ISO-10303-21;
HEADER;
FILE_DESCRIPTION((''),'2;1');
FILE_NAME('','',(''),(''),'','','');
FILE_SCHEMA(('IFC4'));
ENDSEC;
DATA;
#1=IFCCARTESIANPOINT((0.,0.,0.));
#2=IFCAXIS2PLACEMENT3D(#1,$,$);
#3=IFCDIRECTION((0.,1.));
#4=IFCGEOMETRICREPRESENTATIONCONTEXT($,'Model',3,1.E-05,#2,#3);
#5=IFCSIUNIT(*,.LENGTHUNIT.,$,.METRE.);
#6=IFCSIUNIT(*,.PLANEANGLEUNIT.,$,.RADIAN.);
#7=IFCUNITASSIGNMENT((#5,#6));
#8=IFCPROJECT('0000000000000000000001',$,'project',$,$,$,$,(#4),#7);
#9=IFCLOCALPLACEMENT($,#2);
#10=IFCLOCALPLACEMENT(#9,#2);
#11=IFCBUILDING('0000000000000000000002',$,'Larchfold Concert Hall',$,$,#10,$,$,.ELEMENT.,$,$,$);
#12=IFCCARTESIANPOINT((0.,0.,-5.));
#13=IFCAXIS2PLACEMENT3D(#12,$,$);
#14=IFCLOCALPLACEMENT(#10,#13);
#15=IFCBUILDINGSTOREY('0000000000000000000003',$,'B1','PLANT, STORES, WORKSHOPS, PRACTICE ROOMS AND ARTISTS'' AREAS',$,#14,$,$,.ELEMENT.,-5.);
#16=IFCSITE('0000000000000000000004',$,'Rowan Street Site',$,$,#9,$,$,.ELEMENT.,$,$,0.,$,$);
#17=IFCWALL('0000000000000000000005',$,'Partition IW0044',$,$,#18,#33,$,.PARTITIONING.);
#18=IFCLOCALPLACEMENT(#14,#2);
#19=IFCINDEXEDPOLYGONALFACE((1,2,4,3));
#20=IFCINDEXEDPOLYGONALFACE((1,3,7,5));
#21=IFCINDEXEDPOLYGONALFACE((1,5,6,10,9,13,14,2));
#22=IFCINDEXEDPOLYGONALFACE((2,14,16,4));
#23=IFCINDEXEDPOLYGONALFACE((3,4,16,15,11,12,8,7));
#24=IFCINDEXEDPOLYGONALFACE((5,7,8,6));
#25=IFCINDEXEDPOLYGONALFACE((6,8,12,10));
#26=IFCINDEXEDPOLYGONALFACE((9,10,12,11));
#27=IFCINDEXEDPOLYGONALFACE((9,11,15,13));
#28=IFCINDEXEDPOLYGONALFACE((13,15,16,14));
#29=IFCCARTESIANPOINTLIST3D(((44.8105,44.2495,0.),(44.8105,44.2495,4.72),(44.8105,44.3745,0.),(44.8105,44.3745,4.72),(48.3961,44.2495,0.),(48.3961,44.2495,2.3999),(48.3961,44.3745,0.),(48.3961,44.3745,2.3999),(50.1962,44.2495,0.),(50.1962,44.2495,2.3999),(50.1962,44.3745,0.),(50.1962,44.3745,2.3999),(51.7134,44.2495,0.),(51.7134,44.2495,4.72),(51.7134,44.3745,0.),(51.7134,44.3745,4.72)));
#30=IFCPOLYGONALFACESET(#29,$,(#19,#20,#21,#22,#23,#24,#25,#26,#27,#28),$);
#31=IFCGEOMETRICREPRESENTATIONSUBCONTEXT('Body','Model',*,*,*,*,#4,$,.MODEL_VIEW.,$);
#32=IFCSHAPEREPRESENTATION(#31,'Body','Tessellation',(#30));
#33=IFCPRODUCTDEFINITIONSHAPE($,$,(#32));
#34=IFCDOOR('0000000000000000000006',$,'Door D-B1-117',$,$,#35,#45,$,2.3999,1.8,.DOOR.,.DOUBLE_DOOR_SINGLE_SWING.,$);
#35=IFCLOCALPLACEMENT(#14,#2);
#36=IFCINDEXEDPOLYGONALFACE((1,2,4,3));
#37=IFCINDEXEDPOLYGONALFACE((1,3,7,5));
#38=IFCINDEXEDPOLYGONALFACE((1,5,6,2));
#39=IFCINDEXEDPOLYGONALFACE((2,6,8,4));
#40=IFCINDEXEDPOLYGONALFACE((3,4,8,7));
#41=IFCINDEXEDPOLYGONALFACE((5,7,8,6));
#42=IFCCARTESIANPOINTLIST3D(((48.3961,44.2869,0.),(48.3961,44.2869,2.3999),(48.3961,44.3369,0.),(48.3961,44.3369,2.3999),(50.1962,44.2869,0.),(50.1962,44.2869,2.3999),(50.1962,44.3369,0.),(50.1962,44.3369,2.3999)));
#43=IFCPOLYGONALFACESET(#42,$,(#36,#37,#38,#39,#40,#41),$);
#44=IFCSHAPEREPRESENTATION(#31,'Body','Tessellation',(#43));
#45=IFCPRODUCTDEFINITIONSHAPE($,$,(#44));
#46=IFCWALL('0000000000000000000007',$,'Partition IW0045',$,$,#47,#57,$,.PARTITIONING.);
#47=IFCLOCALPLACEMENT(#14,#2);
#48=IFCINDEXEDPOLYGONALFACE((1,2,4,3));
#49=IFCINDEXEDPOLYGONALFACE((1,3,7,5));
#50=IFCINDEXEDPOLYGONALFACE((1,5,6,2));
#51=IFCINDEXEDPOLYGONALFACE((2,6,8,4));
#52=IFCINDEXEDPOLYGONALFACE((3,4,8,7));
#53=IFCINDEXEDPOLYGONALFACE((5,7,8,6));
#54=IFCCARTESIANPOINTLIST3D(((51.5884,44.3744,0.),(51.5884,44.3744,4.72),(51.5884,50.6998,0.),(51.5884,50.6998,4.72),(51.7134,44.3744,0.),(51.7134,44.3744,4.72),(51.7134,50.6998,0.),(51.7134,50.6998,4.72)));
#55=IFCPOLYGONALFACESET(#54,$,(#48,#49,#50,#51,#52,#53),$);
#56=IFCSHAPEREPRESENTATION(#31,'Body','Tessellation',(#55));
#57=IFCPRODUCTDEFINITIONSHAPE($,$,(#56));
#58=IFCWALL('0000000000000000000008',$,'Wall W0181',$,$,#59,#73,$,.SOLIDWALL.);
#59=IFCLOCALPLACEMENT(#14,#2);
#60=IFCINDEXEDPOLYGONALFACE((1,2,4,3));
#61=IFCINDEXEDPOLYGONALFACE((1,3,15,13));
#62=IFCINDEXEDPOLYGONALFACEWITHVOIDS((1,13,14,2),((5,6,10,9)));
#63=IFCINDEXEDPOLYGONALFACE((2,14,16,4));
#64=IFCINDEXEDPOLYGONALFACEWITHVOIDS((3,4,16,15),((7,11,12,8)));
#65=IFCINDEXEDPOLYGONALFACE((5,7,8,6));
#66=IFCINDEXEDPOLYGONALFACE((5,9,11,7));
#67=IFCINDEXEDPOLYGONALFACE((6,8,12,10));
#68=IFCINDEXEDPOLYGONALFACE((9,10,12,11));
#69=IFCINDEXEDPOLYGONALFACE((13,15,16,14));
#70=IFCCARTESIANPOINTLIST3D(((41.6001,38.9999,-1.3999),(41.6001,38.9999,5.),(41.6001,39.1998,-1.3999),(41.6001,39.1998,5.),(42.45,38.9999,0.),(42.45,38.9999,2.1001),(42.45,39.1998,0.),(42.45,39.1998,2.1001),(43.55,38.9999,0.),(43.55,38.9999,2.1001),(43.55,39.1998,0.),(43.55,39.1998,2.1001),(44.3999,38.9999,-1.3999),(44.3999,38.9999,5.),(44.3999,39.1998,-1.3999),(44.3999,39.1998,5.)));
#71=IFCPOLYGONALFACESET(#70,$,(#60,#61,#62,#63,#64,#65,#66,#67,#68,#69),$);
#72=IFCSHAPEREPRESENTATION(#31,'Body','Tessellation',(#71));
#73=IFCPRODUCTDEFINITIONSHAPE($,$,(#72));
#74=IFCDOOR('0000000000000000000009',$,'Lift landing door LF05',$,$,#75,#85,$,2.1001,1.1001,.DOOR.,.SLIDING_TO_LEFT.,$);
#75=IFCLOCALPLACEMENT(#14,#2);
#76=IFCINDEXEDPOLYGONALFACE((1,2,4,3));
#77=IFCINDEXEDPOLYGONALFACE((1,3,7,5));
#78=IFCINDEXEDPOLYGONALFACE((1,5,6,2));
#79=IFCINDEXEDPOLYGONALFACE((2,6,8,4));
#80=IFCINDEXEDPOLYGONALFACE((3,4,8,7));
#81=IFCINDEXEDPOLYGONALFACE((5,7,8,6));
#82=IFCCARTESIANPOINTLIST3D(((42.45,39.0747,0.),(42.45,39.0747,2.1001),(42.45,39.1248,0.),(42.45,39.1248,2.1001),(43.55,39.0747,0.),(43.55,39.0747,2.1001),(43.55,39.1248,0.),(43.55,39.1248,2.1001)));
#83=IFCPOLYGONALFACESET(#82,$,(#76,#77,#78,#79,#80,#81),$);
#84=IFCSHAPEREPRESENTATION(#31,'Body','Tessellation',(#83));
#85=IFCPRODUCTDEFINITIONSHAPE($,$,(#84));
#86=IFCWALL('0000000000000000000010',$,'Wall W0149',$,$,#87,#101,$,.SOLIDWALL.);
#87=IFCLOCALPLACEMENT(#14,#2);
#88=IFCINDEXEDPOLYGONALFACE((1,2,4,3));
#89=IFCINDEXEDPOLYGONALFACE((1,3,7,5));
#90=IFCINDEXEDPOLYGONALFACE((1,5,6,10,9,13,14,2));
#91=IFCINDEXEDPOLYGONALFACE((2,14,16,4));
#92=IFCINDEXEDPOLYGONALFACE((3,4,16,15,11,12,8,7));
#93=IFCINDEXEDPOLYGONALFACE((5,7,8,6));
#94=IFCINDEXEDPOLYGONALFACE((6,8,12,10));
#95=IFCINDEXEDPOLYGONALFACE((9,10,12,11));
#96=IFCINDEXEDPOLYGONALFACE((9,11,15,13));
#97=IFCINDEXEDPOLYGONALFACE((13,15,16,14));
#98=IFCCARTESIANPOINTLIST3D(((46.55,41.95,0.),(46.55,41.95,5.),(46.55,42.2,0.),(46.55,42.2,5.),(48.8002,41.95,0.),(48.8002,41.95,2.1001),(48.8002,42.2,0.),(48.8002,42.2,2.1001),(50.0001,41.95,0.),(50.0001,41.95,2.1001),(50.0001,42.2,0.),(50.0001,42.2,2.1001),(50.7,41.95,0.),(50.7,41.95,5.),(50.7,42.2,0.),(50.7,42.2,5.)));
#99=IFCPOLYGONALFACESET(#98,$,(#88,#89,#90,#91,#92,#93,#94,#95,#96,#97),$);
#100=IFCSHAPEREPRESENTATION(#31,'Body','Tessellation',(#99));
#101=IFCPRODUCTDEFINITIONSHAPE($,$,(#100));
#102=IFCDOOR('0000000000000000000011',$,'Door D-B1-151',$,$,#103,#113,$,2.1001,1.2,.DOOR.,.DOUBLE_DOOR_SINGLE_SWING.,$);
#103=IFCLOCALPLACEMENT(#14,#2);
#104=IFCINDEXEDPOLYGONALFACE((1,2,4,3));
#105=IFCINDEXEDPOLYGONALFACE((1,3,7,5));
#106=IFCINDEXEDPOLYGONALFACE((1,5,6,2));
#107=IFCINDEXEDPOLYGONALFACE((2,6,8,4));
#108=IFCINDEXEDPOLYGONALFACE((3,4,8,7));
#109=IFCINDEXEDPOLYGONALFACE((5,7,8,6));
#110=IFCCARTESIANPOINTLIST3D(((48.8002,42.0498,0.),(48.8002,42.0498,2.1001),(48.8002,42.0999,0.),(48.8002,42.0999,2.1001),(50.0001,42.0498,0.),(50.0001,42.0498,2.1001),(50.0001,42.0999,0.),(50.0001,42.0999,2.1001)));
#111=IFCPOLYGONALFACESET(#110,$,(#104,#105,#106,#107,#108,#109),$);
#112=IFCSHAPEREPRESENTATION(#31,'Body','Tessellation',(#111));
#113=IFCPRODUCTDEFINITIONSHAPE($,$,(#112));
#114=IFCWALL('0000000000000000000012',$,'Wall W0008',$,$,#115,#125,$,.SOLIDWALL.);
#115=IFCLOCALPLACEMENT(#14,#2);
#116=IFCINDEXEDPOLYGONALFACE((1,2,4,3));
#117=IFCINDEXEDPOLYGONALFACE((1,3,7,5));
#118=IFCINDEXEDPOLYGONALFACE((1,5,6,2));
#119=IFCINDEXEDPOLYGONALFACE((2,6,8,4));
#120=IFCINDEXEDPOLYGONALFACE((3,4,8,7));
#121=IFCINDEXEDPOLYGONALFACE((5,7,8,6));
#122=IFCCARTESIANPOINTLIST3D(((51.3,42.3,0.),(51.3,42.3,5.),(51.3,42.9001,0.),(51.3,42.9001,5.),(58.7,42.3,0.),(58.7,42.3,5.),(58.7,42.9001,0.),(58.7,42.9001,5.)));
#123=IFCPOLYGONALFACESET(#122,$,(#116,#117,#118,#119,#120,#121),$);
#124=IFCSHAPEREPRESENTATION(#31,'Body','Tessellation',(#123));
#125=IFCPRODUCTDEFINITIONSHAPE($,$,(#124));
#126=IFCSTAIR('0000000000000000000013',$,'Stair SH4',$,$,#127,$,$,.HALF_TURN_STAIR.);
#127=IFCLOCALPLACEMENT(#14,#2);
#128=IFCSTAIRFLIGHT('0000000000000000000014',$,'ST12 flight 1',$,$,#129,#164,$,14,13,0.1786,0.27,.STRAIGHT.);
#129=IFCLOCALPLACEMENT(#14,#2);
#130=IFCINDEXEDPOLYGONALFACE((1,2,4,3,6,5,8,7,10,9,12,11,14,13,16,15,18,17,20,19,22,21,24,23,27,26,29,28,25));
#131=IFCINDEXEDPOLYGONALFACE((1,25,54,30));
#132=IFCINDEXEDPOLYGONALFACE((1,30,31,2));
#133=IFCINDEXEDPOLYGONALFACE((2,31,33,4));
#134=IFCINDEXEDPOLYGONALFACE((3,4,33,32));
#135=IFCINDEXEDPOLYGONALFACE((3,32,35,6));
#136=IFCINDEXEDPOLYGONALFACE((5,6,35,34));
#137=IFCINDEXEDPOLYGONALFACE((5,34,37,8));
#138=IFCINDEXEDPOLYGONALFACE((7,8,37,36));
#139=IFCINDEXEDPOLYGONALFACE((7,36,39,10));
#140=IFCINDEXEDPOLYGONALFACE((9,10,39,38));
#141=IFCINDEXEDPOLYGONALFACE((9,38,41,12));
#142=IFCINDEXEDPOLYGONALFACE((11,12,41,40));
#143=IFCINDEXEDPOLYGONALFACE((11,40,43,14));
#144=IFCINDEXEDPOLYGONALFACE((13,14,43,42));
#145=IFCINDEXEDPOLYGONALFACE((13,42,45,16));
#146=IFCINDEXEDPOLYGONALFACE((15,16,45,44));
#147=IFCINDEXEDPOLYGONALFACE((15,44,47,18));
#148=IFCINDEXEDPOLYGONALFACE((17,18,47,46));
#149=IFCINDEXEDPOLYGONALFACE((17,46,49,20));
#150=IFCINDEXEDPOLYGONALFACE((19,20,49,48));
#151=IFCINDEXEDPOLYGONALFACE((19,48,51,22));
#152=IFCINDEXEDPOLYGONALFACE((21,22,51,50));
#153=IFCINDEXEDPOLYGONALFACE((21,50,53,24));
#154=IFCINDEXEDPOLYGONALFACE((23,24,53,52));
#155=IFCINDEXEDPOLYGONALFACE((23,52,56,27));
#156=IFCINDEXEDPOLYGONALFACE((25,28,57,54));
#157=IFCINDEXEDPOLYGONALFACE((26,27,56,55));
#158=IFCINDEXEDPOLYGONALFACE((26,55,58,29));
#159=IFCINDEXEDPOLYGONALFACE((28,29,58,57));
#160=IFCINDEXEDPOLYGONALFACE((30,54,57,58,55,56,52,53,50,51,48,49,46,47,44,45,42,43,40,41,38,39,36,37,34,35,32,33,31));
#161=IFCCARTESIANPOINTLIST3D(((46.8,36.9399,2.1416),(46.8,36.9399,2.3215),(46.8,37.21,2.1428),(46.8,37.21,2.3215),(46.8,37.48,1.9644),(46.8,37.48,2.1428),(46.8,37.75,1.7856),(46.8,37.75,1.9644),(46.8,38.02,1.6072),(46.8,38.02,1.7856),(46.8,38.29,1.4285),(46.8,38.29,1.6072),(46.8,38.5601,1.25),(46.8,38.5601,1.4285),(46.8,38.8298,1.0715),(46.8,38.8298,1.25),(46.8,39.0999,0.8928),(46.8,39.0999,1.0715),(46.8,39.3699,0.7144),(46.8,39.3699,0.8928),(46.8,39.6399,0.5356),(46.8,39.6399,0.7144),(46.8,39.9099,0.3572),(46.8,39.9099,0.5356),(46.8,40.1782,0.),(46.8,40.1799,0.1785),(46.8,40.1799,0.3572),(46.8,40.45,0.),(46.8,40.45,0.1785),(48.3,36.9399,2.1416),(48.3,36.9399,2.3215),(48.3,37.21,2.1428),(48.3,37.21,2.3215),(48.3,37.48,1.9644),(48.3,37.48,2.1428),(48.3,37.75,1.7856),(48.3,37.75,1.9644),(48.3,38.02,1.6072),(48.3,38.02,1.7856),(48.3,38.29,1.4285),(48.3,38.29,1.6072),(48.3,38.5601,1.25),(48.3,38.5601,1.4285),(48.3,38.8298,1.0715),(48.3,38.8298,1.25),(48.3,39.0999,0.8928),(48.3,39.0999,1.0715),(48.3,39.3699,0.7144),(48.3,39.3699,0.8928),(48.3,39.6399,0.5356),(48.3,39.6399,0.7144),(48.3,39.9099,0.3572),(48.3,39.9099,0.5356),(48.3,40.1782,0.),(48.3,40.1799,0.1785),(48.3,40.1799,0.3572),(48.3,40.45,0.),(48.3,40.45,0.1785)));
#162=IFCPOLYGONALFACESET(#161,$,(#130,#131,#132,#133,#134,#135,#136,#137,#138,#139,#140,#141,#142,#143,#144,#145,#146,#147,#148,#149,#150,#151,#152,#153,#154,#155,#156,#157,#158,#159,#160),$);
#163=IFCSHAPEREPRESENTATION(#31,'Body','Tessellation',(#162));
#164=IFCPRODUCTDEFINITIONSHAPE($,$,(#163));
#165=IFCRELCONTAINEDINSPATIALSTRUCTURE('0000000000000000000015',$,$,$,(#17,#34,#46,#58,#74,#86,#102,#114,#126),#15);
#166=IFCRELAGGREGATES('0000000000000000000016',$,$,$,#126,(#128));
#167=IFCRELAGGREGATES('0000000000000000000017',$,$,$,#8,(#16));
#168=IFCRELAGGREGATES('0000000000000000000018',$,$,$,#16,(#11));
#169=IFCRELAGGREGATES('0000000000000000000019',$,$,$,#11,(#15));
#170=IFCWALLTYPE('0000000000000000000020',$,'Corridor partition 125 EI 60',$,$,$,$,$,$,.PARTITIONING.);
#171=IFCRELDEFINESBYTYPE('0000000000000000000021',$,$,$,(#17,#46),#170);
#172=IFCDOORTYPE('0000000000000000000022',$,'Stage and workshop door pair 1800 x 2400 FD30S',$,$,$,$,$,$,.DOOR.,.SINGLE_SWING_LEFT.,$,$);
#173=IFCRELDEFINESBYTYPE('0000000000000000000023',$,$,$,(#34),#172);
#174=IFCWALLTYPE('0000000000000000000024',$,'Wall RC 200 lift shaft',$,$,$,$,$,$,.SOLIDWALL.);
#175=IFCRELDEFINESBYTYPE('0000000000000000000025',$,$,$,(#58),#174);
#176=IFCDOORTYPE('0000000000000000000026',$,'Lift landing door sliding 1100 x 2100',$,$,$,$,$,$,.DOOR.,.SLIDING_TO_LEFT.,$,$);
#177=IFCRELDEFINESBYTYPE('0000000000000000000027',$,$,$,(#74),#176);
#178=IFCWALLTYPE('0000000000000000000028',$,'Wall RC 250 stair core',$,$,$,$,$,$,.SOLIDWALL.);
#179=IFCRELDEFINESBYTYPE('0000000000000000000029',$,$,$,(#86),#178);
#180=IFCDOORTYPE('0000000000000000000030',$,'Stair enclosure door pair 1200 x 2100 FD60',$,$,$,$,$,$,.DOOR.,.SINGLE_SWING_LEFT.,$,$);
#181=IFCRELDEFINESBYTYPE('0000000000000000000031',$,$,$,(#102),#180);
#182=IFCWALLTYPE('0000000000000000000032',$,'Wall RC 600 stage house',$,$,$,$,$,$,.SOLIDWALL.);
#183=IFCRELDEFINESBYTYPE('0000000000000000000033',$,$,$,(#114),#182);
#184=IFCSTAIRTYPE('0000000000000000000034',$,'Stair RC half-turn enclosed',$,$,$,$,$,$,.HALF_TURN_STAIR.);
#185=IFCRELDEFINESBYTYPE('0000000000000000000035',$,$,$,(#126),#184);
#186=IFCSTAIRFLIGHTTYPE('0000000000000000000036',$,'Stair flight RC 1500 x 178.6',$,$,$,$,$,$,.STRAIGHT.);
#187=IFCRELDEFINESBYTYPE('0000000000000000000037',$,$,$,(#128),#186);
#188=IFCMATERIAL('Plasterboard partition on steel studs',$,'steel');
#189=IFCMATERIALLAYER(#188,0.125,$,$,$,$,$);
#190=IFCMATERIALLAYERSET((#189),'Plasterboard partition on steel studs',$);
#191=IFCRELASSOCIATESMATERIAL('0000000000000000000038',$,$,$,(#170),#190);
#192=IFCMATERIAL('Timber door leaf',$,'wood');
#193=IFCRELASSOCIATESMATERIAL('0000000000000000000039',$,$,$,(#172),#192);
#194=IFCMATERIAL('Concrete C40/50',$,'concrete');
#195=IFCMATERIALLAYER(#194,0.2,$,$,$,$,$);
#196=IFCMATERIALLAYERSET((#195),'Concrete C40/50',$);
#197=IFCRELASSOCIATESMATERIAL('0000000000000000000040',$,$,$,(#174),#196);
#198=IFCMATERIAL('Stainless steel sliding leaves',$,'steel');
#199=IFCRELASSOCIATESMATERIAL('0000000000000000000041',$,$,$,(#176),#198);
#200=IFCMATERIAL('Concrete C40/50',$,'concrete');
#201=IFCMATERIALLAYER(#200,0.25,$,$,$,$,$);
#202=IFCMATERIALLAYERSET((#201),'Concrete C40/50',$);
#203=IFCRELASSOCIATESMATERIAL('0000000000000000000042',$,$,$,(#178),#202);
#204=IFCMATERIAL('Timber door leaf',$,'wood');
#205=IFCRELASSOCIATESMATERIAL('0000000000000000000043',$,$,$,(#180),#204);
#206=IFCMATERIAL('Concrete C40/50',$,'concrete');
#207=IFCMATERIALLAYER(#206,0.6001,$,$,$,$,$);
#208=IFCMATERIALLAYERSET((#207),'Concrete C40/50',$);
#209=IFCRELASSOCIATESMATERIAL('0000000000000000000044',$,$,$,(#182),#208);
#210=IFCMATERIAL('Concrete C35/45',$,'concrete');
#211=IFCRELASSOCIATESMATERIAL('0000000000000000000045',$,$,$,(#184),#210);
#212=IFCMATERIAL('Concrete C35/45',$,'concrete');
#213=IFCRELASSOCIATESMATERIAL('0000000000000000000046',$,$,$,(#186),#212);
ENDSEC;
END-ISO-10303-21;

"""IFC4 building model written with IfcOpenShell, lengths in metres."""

from ifc_helpers import new_model, si_unit, direction, frame, frame_2d, origin, place, context, subcontext, project, spatial, polyline, rectangle, outline, extrude, material, layer, layer_set, type_object, element, fill, aggregate, save


model = new_model("IFC4")

# Units and contexts
model_context = context("Model", 3, precision=1e-05, world=origin(), true_north=direction((0.0, 1.0)))
body_context = subcontext(model_context, "Body", "Model", "MODEL_VIEW")
ifc_project = project(units=[si_unit("LENGTHUNIT", "METRE"), si_unit("PLANEANGLEUNIT", "RADIAN")], contexts=[model_context])

# Site, building, storey
site_placement = place(None, origin())
site = spatial("IfcSite", under=ifc_project, at=site_placement, Name="Rowan Street Site", CompositionType="ELEMENT", RefElevation=0.0)
building_placement = place(site_placement, origin())
building = spatial("IfcBuilding", under=site, at=building_placement, Name="Larchfold Concert Hall", CompositionType="ELEMENT")
storey_placement = place(building_placement, frame((0.0, 0.0, -5.0)))
storey = spatial("IfcBuildingStorey", under=building, at=storey_placement, Name="B1", Description="PLANT, STORES, WORKSHOPS, PRACTICE ROOMS AND ARTISTS' AREAS", CompositionType="ELEMENT", Elevation=-5.0)

# Shared definitions
ifc_material_1 = material(Name="Plasterboard partition on steel studs", Category="steel")
ifc_layer_1 = layer(ifc_material_1, 0.125)
ifc_layer_set_1 = layer_set([ifc_layer_1], Name="Plasterboard partition on steel studs")
wall_type_1 = type_object("IfcWallType", Name="Corridor partition 125 EI 60", PredefinedType="PARTITIONING", material=ifc_layer_set_1)

# Wall, opening, door
wall_1_placement = place(storey_placement, frame((44.8105, 44.312, 0.0), z_axis=(0.0, 0.0, 1.0), x_axis=(1.0, 0.0, 0.0)))
wall_1 = element("IfcWall", 1, at=wall_1_placement, inside=storey, type_object=wall_type_1, Name="Partition IW0044", PredefinedType="PARTITIONING", context=body_context, shape_type="SweptSolid", body=[
    extrude(rectangle(XDim=6.9028, YDim=0.125, at=frame_2d((3.4514, 0.0))), origin(), (0.0, 0.0, 1.0), 4.72),
])
opening_1_placement = place(wall_1_placement, frame((3.5857, 0.0, 0.0)))
opening_1 = element("IfcOpeningElement", 2, at=opening_1_placement, cuts=wall_1, PredefinedType="OPENING", context=body_context, shape_type="SweptSolid", body=[
    extrude(rectangle(XDim=1.8, YDim=2.3999, at=frame_2d((0.8999, 1.2))), frame((0.0, 0.0725, 0.0), z_axis=(0.0, -1.0, 0.0), x_axis=(1.0, 0.0, 0.0)), (0.0, 0.0, 1.0), 0.145),
])
ifc_material_2 = material(Name="Timber door leaf", Category="wood")
door_type_1 = type_object("IfcDoorType", Name="Stage and workshop door pair 1800 x 2400 FD30S", OperationType="SINGLE_SWING_LEFT", PredefinedType="DOOR", material=ifc_material_2)
door_1_placement = place(opening_1_placement, origin())
door_1 = element("IfcDoor", 3, at=door_1_placement, inside=storey, type_object=door_type_1, Name="Door D-B1-117", OperationType="DOUBLE_DOOR_SINGLE_SWING", OverallHeight=2.3999, OverallWidth=1.8, PredefinedType="DOOR", context=body_context, shape_type="SweptSolid", body=[
    extrude(rectangle(XDim=1.8, YDim=2.3999, at=frame_2d((0.8999, 1.2))), frame((0.0, 0.0249, 0.0), z_axis=(0.0, -1.0, 0.0), x_axis=(1.0, 0.0, 0.0)), (0.0, 0.0, 1.0), 0.05),
])
fill(opening_1, door_1)

# Wall
wall_2_placement = place(storey_placement, frame((51.6509, 44.3745, 0.0), z_axis=(0.0, 0.0, 1.0), x_axis=(0.0, 1.0, 0.0)))
element("IfcWall", 4, at=wall_2_placement, inside=storey, type_object=wall_type_1, Name="Partition IW0045", PredefinedType="PARTITIONING", context=body_context, shape_type="SweptSolid", body=[
    extrude(rectangle(XDim=6.3254, YDim=0.125, at=frame_2d((3.1626, 0.0))), origin(), (0.0, 0.0, 1.0), 4.72),
])

# Walls, openings, doors
ifc_material_3 = material(Name="Concrete C40/50", Category="concrete")
ifc_layer_2 = layer(ifc_material_3, 0.2)
ifc_layer_set_2 = layer_set([ifc_layer_2], Name="Concrete C40/50")
wall_type_2 = type_object("IfcWallType", Name="Wall RC 200 lift shaft", PredefinedType="SOLIDWALL", material=ifc_layer_set_2)
wall_3_placement = place(storey_placement, frame((41.6001, 39.0999, -1.3999), z_axis=(0.0, 0.0, 1.0), x_axis=(1.0, 0.0, 0.0)))
wall_3 = element("IfcWall", 5, at=wall_3_placement, inside=storey, type_object=wall_type_2, Name="Wall W0181", PredefinedType="SOLIDWALL", context=body_context, shape_type="SweptSolid", body=[
    extrude(rectangle(XDim=2.7998, YDim=0.2, at=frame_2d((1.3999, 0.0))), origin(), (0.0, 0.0, 1.0), 6.3999),
])
opening_2_placement = place(wall_3_placement, frame((0.8499, 0.0, 1.3999)))
opening_2 = element("IfcOpeningElement", 6, at=opening_2_placement, cuts=wall_3, PredefinedType="OPENING", context=body_context, shape_type="SweptSolid", body=[
    extrude(rectangle(XDim=1.1001, YDim=2.1001, at=frame_2d((0.55, 1.05))), frame((0.0, 0.1099, 0.0), z_axis=(0.0, -1.0, 0.0), x_axis=(1.0, 0.0, 0.0)), (0.0, 0.0, 1.0), 0.22),
])
ifc_material_4 = material(Name="Stainless steel sliding leaves", Category="steel")
door_type_2 = type_object("IfcDoorType", Name="Lift landing door sliding 1100 x 2100", OperationType="SLIDING_TO_LEFT", PredefinedType="DOOR", material=ifc_material_4)
door_2_placement = place(opening_2_placement, origin())
door_2 = element("IfcDoor", 7, at=door_2_placement, inside=storey, type_object=door_type_2, Name="Lift landing door LF05", OperationType="SLIDING_TO_LEFT", OverallHeight=2.1001, OverallWidth=1.1001, PredefinedType="DOOR", context=body_context, shape_type="SweptSolid", body=[
    extrude(rectangle(XDim=1.1001, YDim=2.1001, at=frame_2d((0.55, 1.05))), frame((0.0, 0.0249, 0.0), z_axis=(0.0, -1.0, 0.0), x_axis=(1.0, 0.0, 0.0)), (0.0, 0.0, 1.0), 0.05),
])
fill(opening_2, door_2)
ifc_material_5 = material(Name="Concrete C40/50", Category="concrete")
ifc_layer_3 = layer(ifc_material_5, 0.25)
ifc_layer_set_3 = layer_set([ifc_layer_3], Name="Concrete C40/50")
wall_type_3 = type_object("IfcWallType", Name="Wall RC 250 stair core", PredefinedType="SOLIDWALL", material=ifc_layer_set_3)
wall_4_placement = place(storey_placement, frame((46.55, 42.075, 0.0), z_axis=(0.0, 0.0, 1.0), x_axis=(1.0, 0.0, 0.0)))
wall_4 = element("IfcWall", 8, at=wall_4_placement, inside=storey, type_object=wall_type_3, Name="Wall W0149", PredefinedType="SOLIDWALL", context=body_context, shape_type="SweptSolid", body=[
    extrude(rectangle(XDim=4.1499, YDim=0.25, at=frame_2d((2.075, 0.0))), origin(), (0.0, 0.0, 1.0), 5.0),
])
opening_3_placement = place(wall_4_placement, frame((2.25, 0.0, 0.0)))
opening_3 = element("IfcOpeningElement", 9, at=opening_3_placement, cuts=wall_4, PredefinedType="OPENING", context=body_context, shape_type="SweptSolid", body=[
    extrude(rectangle(XDim=1.2, YDim=2.1001, at=frame_2d((0.6001, 1.05))), frame((0.0, 0.135, 0.0), z_axis=(0.0, -1.0, 0.0), x_axis=(1.0, 0.0, 0.0)), (0.0, 0.0, 1.0), 0.27),
])
ifc_material_6 = material(Name="Timber door leaf", Category="wood")
door_type_3 = type_object("IfcDoorType", Name="Stair enclosure door pair 1200 x 2100 FD60", OperationType="SINGLE_SWING_LEFT", PredefinedType="DOOR", material=ifc_material_6)
door_3_placement = place(opening_3_placement, origin())
door_3 = element("IfcDoor", 10, at=door_3_placement, inside=storey, type_object=door_type_3, Name="Door D-B1-151", OperationType="DOUBLE_DOOR_SINGLE_SWING", OverallHeight=2.1001, OverallWidth=1.2, PredefinedType="DOOR", context=body_context, shape_type="SweptSolid", body=[
    extrude(rectangle(XDim=1.2, YDim=2.1001, at=frame_2d((0.6001, 1.05))), frame((0.0, 0.0249, 0.0), z_axis=(0.0, -1.0, 0.0), x_axis=(1.0, 0.0, 0.0)), (0.0, 0.0, 1.0), 0.05),
])
fill(opening_3, door_3)

# Wall
ifc_material_7 = material(Name="Concrete C40/50", Category="concrete")
ifc_layer_4 = layer(ifc_material_7, 0.6001)
ifc_layer_set_4 = layer_set([ifc_layer_4], Name="Concrete C40/50")
wall_type_4 = type_object("IfcWallType", Name="Wall RC 600 stage house", PredefinedType="SOLIDWALL", material=ifc_layer_set_4)
wall_5_placement = place(storey_placement, frame((51.3, 42.6001, 0.0), z_axis=(0.0, 0.0, 1.0), x_axis=(1.0, 0.0, 0.0)))
element("IfcWall", 11, at=wall_5_placement, inside=storey, type_object=wall_type_4, Name="Wall W0008", PredefinedType="SOLIDWALL", context=body_context, shape_type="SweptSolid", body=[
    extrude(rectangle(XDim=7.3999, YDim=0.6001, at=frame_2d((3.7, 0.0))), origin(), (0.0, 0.0, 1.0), 5.0),
])

# Stair, stair flight
ifc_material_8 = material(Name="Concrete C35/45", Category="concrete")
stair_type = type_object("IfcStairType", Name="Stair RC half-turn enclosed", PredefinedType="HALF_TURN_STAIR", material=ifc_material_8)
stair_placement = place(storey_placement, origin())
stair = element("IfcStair", 12, at=stair_placement, inside=storey, type_object=stair_type, Name="Stair SH4", PredefinedType="HALF_TURN_STAIR")
ifc_material_9 = material(Name="Concrete C35/45", Category="concrete")
stair_flight_type = type_object("IfcStairFlightType", Name="Stair flight RC 1500 x 178.6", PredefinedType="STRAIGHT", material=ifc_material_9)
stair_flight_placement = place(storey_placement, frame((47.55, 40.45, 0.0), z_axis=(0.0, 0.0, 1.0), x_axis=(0.0, -1.0, 0.0)))
stair_flight = element("IfcStairFlight", 13, at=stair_flight_placement, type_object=stair_flight_type, Name="ST12 flight 1", NumberOfRisers=14, NumberOfTreads=13, PredefinedType="STRAIGHT", RiserHeight=0.1786, TreadLength=0.27, context=body_context, shape_type="SweptSolid", body=[
    extrude(outline(polyline([(0.0, 0.0), (0.0, 0.1785), (0.27, 0.1785), (0.27, 0.3572), (0.54, 0.3572), (0.54, 0.5356), (0.8101, 0.5356), (0.8101, 0.7144), (1.0801, 0.7144), (1.0801, 0.8928), (1.3501, 0.8928), (1.3501, 1.0715), (1.6201, 1.0715), (1.6201, 1.25), (1.8899, 1.25), (1.8899, 1.4285), (2.1599, 1.4285), (2.1599, 1.6072), (2.4299, 1.6072), (2.4299, 1.7856), (2.7, 1.7856), (2.7, 1.9644), (2.97, 1.9644), (2.97, 2.1428), (3.24, 2.1428), (3.24, 2.3215), (3.51, 2.3215), (3.51, 2.5), (3.51, 2.1416), (0.2717, 0.0), (0.0, 0.0)])), frame((0.0, 0.75, 0.0), z_axis=(0.0, -1.0, 0.0), x_axis=(1.0, 0.0, 0.0)), (0.0, 0.0, 1.0), 1.5),
])
aggregate(stair, [stair_flight])

save(model, "model.ifc")
